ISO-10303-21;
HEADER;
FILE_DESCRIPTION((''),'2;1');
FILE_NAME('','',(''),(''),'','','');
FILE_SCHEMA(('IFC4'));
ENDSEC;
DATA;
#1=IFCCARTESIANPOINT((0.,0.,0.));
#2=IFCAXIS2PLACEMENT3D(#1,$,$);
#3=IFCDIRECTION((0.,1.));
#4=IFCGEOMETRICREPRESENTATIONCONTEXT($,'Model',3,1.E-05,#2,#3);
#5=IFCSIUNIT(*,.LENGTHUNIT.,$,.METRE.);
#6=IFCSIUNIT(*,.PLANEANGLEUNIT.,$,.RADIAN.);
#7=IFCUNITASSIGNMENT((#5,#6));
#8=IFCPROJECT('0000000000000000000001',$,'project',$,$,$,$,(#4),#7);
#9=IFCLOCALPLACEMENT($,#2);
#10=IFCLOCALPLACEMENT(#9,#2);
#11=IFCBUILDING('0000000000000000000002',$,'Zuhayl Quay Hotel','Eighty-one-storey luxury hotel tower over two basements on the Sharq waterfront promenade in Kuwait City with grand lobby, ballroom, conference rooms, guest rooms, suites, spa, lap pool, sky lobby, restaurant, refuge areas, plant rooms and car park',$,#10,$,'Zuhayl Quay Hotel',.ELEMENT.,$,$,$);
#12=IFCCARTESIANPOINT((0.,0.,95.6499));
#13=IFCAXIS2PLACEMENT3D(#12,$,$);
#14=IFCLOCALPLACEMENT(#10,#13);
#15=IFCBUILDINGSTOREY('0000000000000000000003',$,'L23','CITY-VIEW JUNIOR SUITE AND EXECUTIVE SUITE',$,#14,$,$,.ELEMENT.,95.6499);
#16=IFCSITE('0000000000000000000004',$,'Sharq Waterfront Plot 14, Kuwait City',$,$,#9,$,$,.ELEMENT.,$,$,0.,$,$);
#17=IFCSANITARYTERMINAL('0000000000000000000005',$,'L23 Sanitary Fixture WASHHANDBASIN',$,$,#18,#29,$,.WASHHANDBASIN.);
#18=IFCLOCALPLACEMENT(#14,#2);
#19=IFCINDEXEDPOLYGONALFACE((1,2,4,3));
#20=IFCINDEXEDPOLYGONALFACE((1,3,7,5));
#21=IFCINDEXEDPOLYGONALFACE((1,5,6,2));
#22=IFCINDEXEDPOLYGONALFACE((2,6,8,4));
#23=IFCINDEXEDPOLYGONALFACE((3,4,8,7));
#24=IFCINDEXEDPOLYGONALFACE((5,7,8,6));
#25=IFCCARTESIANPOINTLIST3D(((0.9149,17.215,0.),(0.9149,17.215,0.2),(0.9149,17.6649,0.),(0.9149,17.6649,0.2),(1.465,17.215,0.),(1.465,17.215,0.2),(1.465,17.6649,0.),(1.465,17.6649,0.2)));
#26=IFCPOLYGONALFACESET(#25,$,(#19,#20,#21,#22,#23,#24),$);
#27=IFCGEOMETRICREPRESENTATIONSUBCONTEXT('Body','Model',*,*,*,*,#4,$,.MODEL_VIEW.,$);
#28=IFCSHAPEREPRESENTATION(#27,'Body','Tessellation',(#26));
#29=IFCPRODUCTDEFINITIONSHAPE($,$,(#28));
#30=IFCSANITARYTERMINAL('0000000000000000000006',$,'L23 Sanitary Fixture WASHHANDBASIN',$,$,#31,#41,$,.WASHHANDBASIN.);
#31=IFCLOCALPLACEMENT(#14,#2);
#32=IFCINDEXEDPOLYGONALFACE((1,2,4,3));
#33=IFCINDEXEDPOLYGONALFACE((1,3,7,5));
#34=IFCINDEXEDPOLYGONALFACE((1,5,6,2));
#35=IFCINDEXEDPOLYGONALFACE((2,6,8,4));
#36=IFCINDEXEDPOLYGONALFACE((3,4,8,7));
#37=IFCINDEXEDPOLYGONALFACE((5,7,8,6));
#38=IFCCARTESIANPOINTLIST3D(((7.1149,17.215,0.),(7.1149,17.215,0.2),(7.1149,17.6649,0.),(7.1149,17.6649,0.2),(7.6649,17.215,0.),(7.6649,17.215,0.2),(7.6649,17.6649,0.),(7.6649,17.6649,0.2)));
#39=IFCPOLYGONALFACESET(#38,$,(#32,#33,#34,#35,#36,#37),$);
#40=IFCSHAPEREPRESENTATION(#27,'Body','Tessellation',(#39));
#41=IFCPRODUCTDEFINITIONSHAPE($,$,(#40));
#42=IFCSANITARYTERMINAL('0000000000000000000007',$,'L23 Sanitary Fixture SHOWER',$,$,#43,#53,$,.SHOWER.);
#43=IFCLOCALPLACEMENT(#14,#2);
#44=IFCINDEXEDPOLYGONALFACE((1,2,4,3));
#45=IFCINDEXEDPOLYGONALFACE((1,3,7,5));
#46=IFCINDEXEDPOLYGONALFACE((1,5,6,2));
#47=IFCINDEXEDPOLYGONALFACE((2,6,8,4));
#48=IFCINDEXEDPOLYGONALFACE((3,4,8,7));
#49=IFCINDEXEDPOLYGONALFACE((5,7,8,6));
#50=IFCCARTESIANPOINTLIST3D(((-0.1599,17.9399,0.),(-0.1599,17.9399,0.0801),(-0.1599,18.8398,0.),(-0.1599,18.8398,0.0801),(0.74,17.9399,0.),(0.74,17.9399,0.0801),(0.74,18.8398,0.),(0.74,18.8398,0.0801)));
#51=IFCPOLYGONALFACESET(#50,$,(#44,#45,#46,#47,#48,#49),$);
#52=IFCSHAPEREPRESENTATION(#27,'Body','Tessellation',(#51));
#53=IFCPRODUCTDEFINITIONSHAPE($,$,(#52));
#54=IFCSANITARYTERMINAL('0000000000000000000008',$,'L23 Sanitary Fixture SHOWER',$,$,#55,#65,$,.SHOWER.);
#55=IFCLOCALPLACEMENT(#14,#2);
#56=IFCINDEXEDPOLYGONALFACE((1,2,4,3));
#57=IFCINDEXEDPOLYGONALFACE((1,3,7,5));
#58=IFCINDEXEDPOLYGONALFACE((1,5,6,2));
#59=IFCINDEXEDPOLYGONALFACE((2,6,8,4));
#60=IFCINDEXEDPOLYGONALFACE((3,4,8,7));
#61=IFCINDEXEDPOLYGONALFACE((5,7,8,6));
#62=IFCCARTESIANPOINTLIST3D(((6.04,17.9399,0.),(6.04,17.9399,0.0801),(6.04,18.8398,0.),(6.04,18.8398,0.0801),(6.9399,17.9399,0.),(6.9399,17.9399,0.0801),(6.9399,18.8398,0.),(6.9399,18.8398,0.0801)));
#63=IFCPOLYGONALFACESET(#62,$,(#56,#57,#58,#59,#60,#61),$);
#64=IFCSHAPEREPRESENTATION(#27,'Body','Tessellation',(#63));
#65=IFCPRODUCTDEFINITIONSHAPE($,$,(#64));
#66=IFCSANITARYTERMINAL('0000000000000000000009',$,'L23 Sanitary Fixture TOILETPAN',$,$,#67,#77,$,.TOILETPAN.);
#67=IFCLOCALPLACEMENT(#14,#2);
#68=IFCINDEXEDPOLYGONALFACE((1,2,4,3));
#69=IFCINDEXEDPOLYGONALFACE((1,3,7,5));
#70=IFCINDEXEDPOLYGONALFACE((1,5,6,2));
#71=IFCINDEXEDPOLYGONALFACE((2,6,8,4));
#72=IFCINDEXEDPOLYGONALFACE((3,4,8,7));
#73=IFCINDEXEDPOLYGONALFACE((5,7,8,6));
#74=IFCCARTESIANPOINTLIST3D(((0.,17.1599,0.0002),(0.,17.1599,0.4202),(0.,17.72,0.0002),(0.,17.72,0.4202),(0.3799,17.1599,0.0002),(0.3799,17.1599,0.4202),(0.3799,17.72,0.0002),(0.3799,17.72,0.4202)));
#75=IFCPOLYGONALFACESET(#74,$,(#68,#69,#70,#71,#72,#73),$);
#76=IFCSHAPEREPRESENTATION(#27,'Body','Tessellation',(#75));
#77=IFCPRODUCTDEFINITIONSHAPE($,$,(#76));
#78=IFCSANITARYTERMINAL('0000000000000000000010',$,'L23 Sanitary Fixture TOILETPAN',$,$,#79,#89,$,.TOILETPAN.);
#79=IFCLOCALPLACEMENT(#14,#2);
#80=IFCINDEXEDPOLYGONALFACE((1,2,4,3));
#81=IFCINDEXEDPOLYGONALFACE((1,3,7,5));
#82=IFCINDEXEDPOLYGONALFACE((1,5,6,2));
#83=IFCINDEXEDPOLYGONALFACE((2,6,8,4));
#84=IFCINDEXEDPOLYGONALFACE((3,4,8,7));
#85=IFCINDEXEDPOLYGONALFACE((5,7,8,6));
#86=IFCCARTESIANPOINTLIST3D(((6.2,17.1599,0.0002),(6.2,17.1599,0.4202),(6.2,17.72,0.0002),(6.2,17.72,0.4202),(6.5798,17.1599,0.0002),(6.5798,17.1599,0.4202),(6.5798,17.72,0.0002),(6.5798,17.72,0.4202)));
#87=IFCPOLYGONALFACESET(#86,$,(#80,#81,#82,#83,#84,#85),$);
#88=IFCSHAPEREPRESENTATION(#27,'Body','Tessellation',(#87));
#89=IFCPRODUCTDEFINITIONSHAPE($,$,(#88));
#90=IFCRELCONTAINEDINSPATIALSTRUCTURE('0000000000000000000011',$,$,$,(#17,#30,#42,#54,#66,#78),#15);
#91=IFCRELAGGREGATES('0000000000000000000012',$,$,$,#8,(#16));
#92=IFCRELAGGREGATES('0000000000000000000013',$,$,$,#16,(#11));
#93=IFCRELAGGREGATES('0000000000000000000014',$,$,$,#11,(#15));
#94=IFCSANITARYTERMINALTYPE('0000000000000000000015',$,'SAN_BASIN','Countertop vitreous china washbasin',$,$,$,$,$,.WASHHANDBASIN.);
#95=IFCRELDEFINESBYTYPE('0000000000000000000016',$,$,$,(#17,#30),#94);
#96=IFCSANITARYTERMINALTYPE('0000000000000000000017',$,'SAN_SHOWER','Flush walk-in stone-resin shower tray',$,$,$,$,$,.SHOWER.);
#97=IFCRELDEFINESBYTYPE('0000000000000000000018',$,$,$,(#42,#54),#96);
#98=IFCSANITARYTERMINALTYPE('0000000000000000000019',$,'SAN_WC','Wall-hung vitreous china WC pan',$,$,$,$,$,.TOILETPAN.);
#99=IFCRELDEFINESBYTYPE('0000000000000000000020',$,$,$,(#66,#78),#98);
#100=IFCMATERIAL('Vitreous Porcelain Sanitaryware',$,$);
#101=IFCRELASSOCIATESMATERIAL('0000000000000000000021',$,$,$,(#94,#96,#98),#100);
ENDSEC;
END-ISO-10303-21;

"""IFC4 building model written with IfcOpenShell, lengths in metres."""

from ifc_helpers import new_model, si_unit, direction, frame, origin, origin_2d, place, context, subcontext, project, spatial, rectangle, extrude, material, type_object, element, save


model = new_model("IFC4")

# Units and contexts
model_context = context("Model", 3, precision=1e-05, world=origin(), true_north=direction((0.0, 1.0)))
body_context = subcontext(model_context, "Body", "Model", "MODEL_VIEW")
ifc_project = project(units=[si_unit("LENGTHUNIT", "METRE"), si_unit("PLANEANGLEUNIT", "RADIAN")], contexts=[model_context])

# Site, building, storey
site_placement = place(None, origin())
site = spatial("IfcSite", under=ifc_project, at=site_placement, Name="Sharq Waterfront Plot 14, Kuwait City", CompositionType="ELEMENT", RefElevation=0.0)
building_placement = place(site_placement, origin())
building = spatial("IfcBuilding", under=site, at=building_placement, Name="Zuhayl Quay Hotel", Description="Eighty-one-storey luxury hotel tower over two basements on the Sharq waterfront promenade in Kuwait City with grand lobby, ballroom, conference rooms, guest rooms, suites, spa, lap pool, sky lobby, restaurant, refuge areas, plant rooms and car park", LongName="Zuhayl Quay Hotel", CompositionType="ELEMENT")
storey_placement = place(building_placement, frame((0.0, 0.0, 95.6499)))
storey = spatial("IfcBuildingStorey", under=building, at=storey_placement, Name="L23", Description="CITY-VIEW JUNIOR SUITE AND EXECUTIVE SUITE", CompositionType="ELEMENT", Elevation=95.6499)

# Sanitary terminals
ifc_material_1 = material(Name="Vitreous Porcelain Sanitaryware")
sanitary_terminal_type_1 = type_object("IfcSanitaryTerminalType", Name="SAN_BASIN", Description="Countertop vitreous china washbasin", PredefinedType="WASHHANDBASIN", material=ifc_material_1)
for number, where, z_axis, x_axis, name in (
    (1, (1.1899, 17.4399, 0.0), (0.0, 0.0, 1.0), (1.0, 0.0, 0.0), "L23 Sanitary Fixture WASHHANDBASIN"),
    (2, (7.3899, 17.4399, 0.0), (0.0, 0.0, 1.0), (1.0, 0.0, 0.0), "L23 Sanitary Fixture WASHHANDBASIN"),
):
    element("IfcSanitaryTerminal", number, at=place(storey_placement, frame(where, z_axis=z_axis, x_axis=x_axis)), inside=storey, type_object=sanitary_terminal_type_1, Name=name, PredefinedType="WASHHANDBASIN", context=body_context, shape_type="SweptSolid", body=[
        extrude(rectangle(XDim=0.55, YDim=0.45, at=origin_2d()), origin(), (0.0, 0.0, 1.0), 0.2),
    ])
sanitary_terminal_type_2 = type_object("IfcSanitaryTerminalType", Name="SAN_SHOWER", Description="Flush walk-in stone-resin shower tray", PredefinedType="SHOWER", material=ifc_material_1)
for number, where, z_axis, x_axis, name in (
    (3, (0.29, 18.3899, 0.0), (0.0, 0.0, 1.0), (1.0, 0.0, 0.0), "L23 Sanitary Fixture SHOWER"),
    (4, (6.49, 18.3899, 0.0), (0.0, 0.0, 1.0), (1.0, 0.0, 0.0), "L23 Sanitary Fixture SHOWER"),
):
    element("IfcSanitaryTerminal", number, at=place(storey_placement, frame(where, z_axis=z_axis, x_axis=x_axis)), inside=storey, type_object=sanitary_terminal_type_2, Name=name, PredefinedType="SHOWER", context=body_context, shape_type="SweptSolid", body=[
        extrude(rectangle(XDim=0.8999, YDim=0.8999, at=origin_2d()), origin(), (0.0, 0.0, 1.0), 0.0801),
    ])
sanitary_terminal_type_3 = type_object("IfcSanitaryTerminalType", Name="SAN_WC", Description="Wall-hung vitreous china WC pan", PredefinedType="TOILETPAN", material=ifc_material_1)
for number, where, z_axis, x_axis, name in (
    (5, (0.1899, 17.4399, 0.0002), (0.0, 0.0, 1.0), (1.0, 0.0, 0.0), "L23 Sanitary Fixture TOILETPAN"),
    (6, (6.3899, 17.4399, 0.0002), (0.0, 0.0, 1.0), (1.0, 0.0, 0.0), "L23 Sanitary Fixture TOILETPAN"),
):
    element("IfcSanitaryTerminal", number, at=place(storey_placement, frame(where, z_axis=z_axis, x_axis=x_axis)), inside=storey, type_object=sanitary_terminal_type_3, Name=name, PredefinedType="TOILETPAN", context=body_context, shape_type="SweptSolid", body=[
        extrude(rectangle(XDim=0.3799, YDim=0.5601, at=origin_2d()), origin(), (0.0, 0.0, 1.0), 0.4199),
    ])

save(model, "model.ifc")
